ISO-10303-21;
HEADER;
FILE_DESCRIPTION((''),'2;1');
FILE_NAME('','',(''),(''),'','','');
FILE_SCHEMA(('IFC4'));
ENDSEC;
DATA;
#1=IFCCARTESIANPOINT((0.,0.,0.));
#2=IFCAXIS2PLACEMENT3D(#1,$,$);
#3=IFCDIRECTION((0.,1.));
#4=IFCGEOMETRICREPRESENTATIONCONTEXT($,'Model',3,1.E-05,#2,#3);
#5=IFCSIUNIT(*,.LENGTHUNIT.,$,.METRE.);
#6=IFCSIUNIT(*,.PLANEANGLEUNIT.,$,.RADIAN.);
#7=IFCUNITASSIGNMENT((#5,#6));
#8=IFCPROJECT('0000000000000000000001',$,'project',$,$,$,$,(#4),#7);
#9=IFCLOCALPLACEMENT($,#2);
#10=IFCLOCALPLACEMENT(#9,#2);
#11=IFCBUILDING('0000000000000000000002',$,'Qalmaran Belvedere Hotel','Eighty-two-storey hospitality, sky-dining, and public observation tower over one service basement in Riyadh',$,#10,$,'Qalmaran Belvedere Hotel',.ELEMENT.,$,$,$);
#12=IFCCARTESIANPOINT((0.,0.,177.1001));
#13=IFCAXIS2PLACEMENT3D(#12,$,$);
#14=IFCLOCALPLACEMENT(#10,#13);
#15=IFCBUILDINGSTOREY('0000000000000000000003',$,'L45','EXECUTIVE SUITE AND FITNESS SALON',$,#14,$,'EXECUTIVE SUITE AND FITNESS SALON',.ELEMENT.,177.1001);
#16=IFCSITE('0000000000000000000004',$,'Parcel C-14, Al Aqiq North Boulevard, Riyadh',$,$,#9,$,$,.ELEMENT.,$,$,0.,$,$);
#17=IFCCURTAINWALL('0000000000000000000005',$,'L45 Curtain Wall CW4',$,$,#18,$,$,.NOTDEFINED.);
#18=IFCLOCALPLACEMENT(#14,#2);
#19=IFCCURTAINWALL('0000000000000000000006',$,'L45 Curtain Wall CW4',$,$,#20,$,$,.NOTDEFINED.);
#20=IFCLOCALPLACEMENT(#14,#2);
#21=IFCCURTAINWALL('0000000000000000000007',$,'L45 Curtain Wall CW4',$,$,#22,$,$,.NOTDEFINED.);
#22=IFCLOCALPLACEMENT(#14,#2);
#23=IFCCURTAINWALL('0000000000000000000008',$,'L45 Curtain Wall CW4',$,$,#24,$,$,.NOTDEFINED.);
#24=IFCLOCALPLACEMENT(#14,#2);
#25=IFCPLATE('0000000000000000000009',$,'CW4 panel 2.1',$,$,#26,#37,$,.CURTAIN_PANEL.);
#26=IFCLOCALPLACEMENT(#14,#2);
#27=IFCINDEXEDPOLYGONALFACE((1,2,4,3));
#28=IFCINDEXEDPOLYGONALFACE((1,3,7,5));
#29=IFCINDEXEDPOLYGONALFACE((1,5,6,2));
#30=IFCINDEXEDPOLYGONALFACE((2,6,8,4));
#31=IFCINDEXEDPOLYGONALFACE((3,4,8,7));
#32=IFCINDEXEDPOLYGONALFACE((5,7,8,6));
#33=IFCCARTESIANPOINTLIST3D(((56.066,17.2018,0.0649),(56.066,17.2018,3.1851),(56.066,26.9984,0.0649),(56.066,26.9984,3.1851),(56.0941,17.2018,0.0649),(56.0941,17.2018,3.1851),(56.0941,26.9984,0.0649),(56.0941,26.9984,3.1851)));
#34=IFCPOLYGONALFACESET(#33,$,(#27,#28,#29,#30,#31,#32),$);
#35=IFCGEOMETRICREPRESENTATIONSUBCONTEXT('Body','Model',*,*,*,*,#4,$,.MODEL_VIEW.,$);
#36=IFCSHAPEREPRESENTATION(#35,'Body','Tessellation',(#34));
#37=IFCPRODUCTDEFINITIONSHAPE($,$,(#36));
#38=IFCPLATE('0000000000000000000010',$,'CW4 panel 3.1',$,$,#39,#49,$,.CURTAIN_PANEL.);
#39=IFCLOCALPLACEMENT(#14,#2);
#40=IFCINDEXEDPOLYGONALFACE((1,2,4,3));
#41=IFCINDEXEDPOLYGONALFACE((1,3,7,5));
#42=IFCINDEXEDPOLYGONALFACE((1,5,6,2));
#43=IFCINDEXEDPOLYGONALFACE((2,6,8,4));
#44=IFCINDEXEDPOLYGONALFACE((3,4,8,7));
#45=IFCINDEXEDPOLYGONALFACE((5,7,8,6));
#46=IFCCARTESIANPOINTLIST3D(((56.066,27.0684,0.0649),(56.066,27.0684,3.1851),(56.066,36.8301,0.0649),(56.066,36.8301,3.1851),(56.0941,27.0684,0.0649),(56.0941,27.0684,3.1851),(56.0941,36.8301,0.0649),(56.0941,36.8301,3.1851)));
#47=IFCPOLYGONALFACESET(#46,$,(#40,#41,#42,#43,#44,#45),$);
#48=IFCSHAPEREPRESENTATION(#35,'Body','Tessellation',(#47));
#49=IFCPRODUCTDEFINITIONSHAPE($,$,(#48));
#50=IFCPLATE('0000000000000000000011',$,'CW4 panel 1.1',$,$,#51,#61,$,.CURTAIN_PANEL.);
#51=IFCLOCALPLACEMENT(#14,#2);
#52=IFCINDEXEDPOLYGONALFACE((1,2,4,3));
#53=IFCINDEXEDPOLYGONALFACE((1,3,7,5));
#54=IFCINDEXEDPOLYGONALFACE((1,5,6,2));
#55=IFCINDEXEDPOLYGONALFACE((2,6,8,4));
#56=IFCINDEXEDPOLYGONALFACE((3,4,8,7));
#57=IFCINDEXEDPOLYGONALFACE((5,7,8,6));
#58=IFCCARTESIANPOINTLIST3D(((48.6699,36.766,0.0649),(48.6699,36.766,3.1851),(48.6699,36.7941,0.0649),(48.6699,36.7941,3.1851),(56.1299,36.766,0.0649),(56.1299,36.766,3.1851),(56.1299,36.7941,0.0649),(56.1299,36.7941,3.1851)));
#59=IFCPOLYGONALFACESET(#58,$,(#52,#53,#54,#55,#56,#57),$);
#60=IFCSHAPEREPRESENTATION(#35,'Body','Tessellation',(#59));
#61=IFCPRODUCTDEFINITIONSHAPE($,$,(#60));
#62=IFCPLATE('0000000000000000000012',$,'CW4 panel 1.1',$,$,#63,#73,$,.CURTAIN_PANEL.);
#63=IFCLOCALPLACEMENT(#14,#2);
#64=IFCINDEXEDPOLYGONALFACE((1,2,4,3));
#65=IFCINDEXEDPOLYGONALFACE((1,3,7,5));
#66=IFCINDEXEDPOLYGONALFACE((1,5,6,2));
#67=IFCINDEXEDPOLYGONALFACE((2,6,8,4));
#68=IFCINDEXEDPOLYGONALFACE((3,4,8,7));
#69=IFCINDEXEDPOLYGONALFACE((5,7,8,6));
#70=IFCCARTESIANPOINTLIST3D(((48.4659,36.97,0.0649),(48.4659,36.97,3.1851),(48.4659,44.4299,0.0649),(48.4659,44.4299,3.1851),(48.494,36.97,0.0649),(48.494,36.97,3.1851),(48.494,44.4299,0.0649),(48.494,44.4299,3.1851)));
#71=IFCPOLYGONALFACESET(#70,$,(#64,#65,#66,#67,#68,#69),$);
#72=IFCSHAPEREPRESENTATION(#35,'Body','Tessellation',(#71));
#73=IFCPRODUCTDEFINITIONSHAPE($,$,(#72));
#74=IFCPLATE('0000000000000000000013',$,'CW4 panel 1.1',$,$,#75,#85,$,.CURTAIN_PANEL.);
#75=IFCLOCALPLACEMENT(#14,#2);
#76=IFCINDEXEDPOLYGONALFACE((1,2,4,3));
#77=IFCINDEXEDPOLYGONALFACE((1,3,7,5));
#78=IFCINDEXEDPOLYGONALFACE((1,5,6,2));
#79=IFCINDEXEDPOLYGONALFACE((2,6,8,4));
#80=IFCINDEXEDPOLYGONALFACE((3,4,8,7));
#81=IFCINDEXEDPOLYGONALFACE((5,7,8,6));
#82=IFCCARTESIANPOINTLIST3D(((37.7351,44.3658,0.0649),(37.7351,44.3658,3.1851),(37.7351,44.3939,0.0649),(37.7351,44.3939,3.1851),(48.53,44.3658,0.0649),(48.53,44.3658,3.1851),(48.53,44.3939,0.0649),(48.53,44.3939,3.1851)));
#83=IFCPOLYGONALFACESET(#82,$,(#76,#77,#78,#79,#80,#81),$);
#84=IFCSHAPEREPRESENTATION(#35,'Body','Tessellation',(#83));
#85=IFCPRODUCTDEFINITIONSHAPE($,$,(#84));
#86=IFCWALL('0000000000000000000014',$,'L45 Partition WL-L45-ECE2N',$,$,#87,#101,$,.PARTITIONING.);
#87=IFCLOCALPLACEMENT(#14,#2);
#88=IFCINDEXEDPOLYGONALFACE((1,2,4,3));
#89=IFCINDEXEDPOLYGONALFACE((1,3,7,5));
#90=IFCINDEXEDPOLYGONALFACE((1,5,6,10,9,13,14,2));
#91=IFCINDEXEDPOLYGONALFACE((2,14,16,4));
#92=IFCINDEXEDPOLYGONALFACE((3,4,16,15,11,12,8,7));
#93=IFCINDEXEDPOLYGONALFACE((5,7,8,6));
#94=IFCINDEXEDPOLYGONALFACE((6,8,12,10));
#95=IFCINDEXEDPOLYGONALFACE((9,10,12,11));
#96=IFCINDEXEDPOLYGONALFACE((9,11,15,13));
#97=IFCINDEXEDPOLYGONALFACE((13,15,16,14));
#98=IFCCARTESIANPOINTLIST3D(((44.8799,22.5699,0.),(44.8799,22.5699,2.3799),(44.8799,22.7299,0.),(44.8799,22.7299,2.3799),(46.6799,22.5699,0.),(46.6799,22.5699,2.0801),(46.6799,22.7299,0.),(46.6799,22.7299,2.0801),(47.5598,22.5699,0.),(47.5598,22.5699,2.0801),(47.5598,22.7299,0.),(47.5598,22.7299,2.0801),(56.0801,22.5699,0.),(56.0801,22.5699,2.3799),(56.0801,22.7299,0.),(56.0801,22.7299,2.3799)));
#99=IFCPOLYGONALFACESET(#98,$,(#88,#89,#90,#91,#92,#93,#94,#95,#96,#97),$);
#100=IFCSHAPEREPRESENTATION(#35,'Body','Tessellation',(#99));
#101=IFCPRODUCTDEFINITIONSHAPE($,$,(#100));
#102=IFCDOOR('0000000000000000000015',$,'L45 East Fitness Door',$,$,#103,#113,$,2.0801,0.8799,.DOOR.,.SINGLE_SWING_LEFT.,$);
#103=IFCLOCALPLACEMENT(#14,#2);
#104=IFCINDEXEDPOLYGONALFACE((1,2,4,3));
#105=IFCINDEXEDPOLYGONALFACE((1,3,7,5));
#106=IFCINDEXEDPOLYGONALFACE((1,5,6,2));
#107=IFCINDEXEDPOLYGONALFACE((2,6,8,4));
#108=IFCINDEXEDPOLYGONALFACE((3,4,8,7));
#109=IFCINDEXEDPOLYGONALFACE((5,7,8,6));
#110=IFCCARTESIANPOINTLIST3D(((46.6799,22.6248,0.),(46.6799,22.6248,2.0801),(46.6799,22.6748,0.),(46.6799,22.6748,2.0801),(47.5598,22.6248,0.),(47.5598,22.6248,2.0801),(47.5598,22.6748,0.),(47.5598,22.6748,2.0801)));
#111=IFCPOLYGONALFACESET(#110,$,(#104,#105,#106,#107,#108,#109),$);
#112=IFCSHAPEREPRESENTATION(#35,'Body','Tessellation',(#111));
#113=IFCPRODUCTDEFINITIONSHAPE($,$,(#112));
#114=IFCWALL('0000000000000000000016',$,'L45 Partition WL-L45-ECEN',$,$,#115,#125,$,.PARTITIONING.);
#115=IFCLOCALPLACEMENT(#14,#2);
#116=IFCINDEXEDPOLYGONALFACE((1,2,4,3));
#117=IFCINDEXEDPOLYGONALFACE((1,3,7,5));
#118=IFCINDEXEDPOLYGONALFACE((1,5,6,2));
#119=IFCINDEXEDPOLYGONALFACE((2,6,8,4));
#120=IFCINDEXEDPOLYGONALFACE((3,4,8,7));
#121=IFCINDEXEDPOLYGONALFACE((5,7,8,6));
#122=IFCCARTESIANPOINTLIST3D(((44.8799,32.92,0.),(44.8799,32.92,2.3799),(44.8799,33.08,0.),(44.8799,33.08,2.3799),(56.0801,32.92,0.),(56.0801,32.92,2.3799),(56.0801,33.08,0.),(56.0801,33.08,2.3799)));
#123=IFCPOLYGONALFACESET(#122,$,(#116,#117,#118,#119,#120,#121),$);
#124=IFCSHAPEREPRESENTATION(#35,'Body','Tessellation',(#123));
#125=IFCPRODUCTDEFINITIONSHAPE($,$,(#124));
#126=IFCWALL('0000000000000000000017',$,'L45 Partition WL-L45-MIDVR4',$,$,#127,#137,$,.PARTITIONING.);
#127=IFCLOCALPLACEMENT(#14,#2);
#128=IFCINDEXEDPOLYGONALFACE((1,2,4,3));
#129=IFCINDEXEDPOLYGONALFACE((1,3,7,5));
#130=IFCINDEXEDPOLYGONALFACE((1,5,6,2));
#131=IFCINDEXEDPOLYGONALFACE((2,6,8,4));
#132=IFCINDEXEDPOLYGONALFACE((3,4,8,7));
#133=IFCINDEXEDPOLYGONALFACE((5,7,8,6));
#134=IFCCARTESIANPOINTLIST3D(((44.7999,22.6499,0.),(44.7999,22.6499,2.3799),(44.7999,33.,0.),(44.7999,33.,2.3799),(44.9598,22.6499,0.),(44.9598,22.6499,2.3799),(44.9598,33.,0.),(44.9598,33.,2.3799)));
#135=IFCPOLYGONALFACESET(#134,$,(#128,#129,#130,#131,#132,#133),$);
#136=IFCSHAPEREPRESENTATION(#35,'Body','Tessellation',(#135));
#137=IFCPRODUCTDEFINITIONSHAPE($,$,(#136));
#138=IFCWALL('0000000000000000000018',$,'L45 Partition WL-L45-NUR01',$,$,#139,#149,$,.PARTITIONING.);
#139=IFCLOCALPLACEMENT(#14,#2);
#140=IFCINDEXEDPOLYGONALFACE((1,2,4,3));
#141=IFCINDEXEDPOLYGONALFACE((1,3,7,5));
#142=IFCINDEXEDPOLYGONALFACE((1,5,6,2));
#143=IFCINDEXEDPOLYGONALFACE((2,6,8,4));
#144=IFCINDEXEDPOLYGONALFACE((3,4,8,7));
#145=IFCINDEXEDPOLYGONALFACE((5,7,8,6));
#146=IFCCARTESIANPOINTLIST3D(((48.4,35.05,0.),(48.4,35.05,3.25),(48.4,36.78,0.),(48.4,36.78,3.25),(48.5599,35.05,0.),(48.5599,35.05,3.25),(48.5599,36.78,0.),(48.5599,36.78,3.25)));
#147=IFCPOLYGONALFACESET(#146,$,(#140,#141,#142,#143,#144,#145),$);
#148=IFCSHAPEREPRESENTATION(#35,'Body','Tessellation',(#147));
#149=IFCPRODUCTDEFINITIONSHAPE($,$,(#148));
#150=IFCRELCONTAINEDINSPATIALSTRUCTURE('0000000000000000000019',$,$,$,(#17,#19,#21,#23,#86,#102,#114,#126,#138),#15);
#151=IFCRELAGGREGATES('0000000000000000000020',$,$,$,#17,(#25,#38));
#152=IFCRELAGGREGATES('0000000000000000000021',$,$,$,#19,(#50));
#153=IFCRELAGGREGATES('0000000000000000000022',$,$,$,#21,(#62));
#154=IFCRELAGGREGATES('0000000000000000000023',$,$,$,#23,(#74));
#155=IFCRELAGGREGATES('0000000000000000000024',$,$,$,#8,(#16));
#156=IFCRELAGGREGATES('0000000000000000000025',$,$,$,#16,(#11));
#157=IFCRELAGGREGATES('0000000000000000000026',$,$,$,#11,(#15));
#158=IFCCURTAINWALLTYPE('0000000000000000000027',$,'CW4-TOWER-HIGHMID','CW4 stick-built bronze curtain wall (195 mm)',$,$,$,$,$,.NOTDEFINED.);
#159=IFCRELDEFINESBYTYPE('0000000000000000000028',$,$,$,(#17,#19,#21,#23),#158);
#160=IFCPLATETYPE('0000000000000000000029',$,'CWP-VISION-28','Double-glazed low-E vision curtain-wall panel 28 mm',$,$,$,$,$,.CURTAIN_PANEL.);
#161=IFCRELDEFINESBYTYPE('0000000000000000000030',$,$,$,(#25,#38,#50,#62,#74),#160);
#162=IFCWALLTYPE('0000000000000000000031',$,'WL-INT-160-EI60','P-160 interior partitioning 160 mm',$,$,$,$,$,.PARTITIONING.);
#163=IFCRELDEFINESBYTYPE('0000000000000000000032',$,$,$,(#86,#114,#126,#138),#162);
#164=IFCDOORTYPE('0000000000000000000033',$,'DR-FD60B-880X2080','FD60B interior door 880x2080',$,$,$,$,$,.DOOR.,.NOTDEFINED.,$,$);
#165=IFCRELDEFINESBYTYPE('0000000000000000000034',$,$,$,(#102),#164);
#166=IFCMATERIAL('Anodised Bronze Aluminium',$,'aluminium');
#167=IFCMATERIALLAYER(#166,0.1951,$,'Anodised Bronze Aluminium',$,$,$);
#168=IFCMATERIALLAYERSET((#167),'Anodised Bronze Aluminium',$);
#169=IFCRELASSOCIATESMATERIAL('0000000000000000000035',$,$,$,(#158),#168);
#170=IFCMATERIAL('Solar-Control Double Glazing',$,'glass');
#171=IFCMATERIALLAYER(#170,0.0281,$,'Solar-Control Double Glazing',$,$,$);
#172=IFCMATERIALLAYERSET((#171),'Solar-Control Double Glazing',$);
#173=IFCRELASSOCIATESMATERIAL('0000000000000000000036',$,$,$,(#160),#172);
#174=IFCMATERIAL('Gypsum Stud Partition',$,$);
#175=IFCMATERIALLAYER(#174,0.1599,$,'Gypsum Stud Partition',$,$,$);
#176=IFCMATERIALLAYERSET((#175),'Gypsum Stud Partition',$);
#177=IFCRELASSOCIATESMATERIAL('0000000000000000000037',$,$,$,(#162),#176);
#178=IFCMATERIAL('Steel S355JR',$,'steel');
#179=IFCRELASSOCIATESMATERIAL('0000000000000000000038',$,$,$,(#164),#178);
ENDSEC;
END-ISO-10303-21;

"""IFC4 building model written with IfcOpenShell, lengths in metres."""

from ifc_helpers import new_model, si_unit, direction, frame, frame_2d, origin, origin_2d, place, context, subcontext, project, spatial, rectangle, extrude, material, layer, layer_set, type_object, element, fill, aggregate, save


model = new_model("IFC4")

# Units and contexts
model_context = context("Model", 3, precision=1e-05, world=origin(), true_north=direction((0.0, 1.0)))
body_context = subcontext(model_context, "Body", "Model", "MODEL_VIEW")
ifc_project = project(units=[si_unit("LENGTHUNIT", "METRE"), si_unit("PLANEANGLEUNIT", "RADIAN")], contexts=[model_context])

# Site, building, storey
site_placement = place(None, origin())
site = spatial("IfcSite", under=ifc_project, at=site_placement, Name="Parcel C-14, Al Aqiq North Boulevard, Riyadh", CompositionType="ELEMENT", RefElevation=0.0)
building_placement = place(site_placement, origin())
building = spatial("IfcBuilding", under=site, at=building_placement, Name="Qalmaran Belvedere Hotel", Description="Eighty-two-storey hospitality, sky-dining, and public observation tower over one service basement in Riyadh", LongName="Qalmaran Belvedere Hotel", CompositionType="ELEMENT")
storey_placement = place(building_placement, frame((0.0, 0.0, 177.1001)))
storey = spatial("IfcBuildingStorey", under=building, at=storey_placement, Name="L45", Description="EXECUTIVE SUITE AND FITNESS SALON", LongName="EXECUTIVE SUITE AND FITNESS SALON", CompositionType="ELEMENT", Elevation=177.1001)

# Shared definitions
ifc_material_1 = material(Name="Steel S355JR", Category="steel")

# Curtain walls
ifc_material_2 = material(Name="Anodised Bronze Aluminium", Category="aluminium")
ifc_layer_1 = layer(ifc_material_2, 0.1951, Name="Anodised Bronze Aluminium")
ifc_layer_set_1 = layer_set([ifc_layer_1], Name="Anodised Bronze Aluminium")
curtain_wall_type = type_object("IfcCurtainWallType", Name="CW4-TOWER-HIGHMID", Description="CW4 stick-built bronze curtain wall (195 mm)", PredefinedType="NOTDEFINED", material=ifc_layer_set_1)
curtain_wall_1_placement = place(storey_placement, origin())
curtain_wall_1 = element("IfcCurtainWall", 1, at=curtain_wall_1_placement, inside=storey, type_object=curtain_wall_type, Name="L45 Curtain Wall CW4", PredefinedType="NOTDEFINED")
curtain_wall_2_placement = place(storey_placement, origin())
curtain_wall_2 = element("IfcCurtainWall", 2, at=curtain_wall_2_placement, inside=storey, type_object=curtain_wall_type, Name="L45 Curtain Wall CW4", PredefinedType="NOTDEFINED")
curtain_wall_3_placement = place(storey_placement, origin())
curtain_wall_3 = element("IfcCurtainWall", 3, at=curtain_wall_3_placement, inside=storey, type_object=curtain_wall_type, Name="L45 Curtain Wall CW4", PredefinedType="NOTDEFINED")

# Curtain wall
curtain_wall_4_placement = place(storey_placement, origin())
curtain_wall_4 = element("IfcCurtainWall", 4, at=curtain_wall_4_placement, inside=storey, type_object=curtain_wall_type, Name="L45 Curtain Wall CW4", PredefinedType="NOTDEFINED")

# Plates
ifc_material_3 = material(Name="Solar-Control Double Glazing", Category="glass")
ifc_layer_2 = layer(ifc_material_3, 0.0281, Name="Solar-Control Double Glazing")
ifc_layer_set_2 = layer_set([ifc_layer_2], Name="Solar-Control Double Glazing")
plate_type = type_object("IfcPlateType", Name="CWP-VISION-28", Description="Double-glazed low-E vision curtain-wall panel 28 mm", PredefinedType="CURTAIN_PANEL", material=ifc_layer_set_2)
plate_1_placement = place(storey_placement, frame((56.0801, 22.1001, 0.0649), z_axis=(0.0, 0.0, 1.0), x_axis=(0.0, 1.0, 0.0)))
plate_1 = element("IfcPlate", 5, at=plate_1_placement, type_object=plate_type, Name="CW4 panel 2.1", PredefinedType="CURTAIN_PANEL", context=body_context, shape_type="SweptSolid", body=[
    extrude(rectangle(XDim=9.7966, YDim=0.0281, at=origin_2d()), origin(), (0.0, 0.0, 1.0), 3.1201),
])
plate_2_placement = place(storey_placement, frame((56.0801, 31.9492, 0.0649), z_axis=(0.0, 0.0, 1.0), x_axis=(0.0, 1.0, 0.0)))
plate_2 = element("IfcPlate", 6, at=plate_2_placement, type_object=plate_type, Name="CW4 panel 3.1", PredefinedType="CURTAIN_PANEL", context=body_context, shape_type="SweptSolid", body=[
    extrude(rectangle(XDim=9.7617, YDim=0.0281, at=origin_2d()), origin(), (0.0, 0.0, 1.0), 3.1201),
])
aggregate(curtain_wall_1, [plate_1, plate_2])
plate_3_placement = place(storey_placement, frame((52.3999, 36.78, 0.0649), z_axis=(0.0, 0.0, 1.0), x_axis=(-1.0, 0.0, 0.0)))
plate_3 = element("IfcPlate", 7, at=plate_3_placement, type_object=plate_type, Name="CW4 panel 1.1", PredefinedType="CURTAIN_PANEL", context=body_context, shape_type="SweptSolid", body=[
    extrude(rectangle(XDim=7.46, YDim=0.0281, at=origin_2d()), origin(), (0.0, 0.0, 1.0), 3.1201),
])
aggregate(curtain_wall_2, [plate_3])
plate_4_placement = place(storey_placement, frame((48.48, 40.7, 0.0649), z_axis=(0.0, 0.0, 1.0), x_axis=(0.0, 1.0, 0.0)))
plate_4 = element("IfcPlate", 8, at=plate_4_placement, type_object=plate_type, Name="CW4 panel 1.1", PredefinedType="CURTAIN_PANEL", context=body_context, shape_type="SweptSolid", body=[
    extrude(rectangle(XDim=7.46, YDim=0.0281, at=origin_2d()), origin(), (0.0, 0.0, 1.0), 3.1201),
])
aggregate(curtain_wall_3, [plate_4])
plate_5_placement = place(storey_placement, frame((43.1326, 44.3799, 0.0649), z_axis=(0.0, 0.0, 1.0), x_axis=(-1.0, 0.0, 0.0)))
plate_5 = element("IfcPlate", 9, at=plate_5_placement, type_object=plate_type, Name="CW4 panel 1.1", PredefinedType="CURTAIN_PANEL", context=body_context, shape_type="SweptSolid", body=[
    extrude(rectangle(XDim=10.7949, YDim=0.0281, at=origin_2d()), origin(), (0.0, 0.0, 1.0), 3.1201),
])
aggregate(curtain_wall_4, [plate_5])

# Wall, opening, door
ifc_material_4 = material(Name="Gypsum Stud Partition")
ifc_layer_3 = layer(ifc_material_4, 0.1599, Name="Gypsum Stud Partition")
ifc_layer_set_3 = layer_set([ifc_layer_3], Name="Gypsum Stud Partition")
wall_type = type_object("IfcWallType", Name="WL-INT-160-EI60", Description="P-160 interior partitioning 160 mm", PredefinedType="PARTITIONING", material=ifc_layer_set_3)
wall_1_placement = place(storey_placement, frame((44.8799, 22.6499, 0.0), z_axis=(0.0, 0.0, 1.0), x_axis=(1.0, 0.0, 0.0)))
wall_1 = element("IfcWall", 10, at=wall_1_placement, inside=storey, type_object=wall_type, Name="L45 Partition WL-L45-ECE2N", PredefinedType="PARTITIONING", context=body_context, shape_type="SweptSolid", body=[
    extrude(rectangle(XDim=11.2002, YDim=0.1599, at=frame_2d((5.6001, 0.0))), origin(), (0.0, 0.0, 1.0), 2.3799),
])
opening_placement = place(wall_1_placement, frame((1.8, 0.0, 0.0)))
opening = element("IfcOpeningElement", 11, at=opening_placement, cuts=wall_1, PredefinedType="OPENING", context=body_context, shape_type="SweptSolid", body=[
    extrude(rectangle(XDim=0.8799, YDim=2.0801, at=frame_2d((0.4399, 1.04))), frame((0.0, 0.0898, 0.0), z_axis=(0.0, -1.0, 0.0), x_axis=(1.0, 0.0, 0.0)), (0.0, 0.0, 1.0), 0.1799),
])
door_type = type_object("IfcDoorType", Name="DR-FD60B-880X2080", Description="FD60B interior door 880x2080", OperationType="NOTDEFINED", PredefinedType="DOOR", material=ifc_material_1)
door_placement = place(opening_placement, origin())
door = element("IfcDoor", 12, at=door_placement, inside=storey, type_object=door_type, Name="L45 East Fitness Door", OperationType="SINGLE_SWING_LEFT", OverallHeight=2.0801, OverallWidth=0.8799, PredefinedType="DOOR", context=body_context, shape_type="SweptSolid", body=[
    extrude(rectangle(XDim=0.8799, YDim=2.0801, at=frame_2d((0.4399, 1.04))), frame((0.0, 0.0249, 0.0), z_axis=(0.0, -1.0, 0.0), x_axis=(1.0, 0.0, 0.0)), (0.0, 0.0, 1.0), 0.05),
])
fill(opening, door)

# Walls
wall_2_placement = place(storey_placement, frame((44.8799, 33.0, 0.0), z_axis=(0.0, 0.0, 1.0), x_axis=(1.0, 0.0, 0.0)))
element("IfcWall", 13, at=wall_2_placement, inside=storey, type_object=wall_type, Name="L45 Partition WL-L45-ECEN", PredefinedType="PARTITIONING", context=body_context, shape_type="SweptSolid", body=[
    extrude(rectangle(XDim=11.2002, YDim=0.1599, at=frame_2d((5.6001, 0.0))), origin(), (0.0, 0.0, 1.0), 2.3799),
])
wall_3_placement = place(storey_placement, frame((44.8799, 22.6499, 0.0), z_axis=(0.0, 0.0, 1.0), x_axis=(0.0, 1.0, 0.0)))
element("IfcWall", 14, at=wall_3_placement, inside=storey, type_object=wall_type, Name="L45 Partition WL-L45-MIDVR4", PredefinedType="PARTITIONING", context=body_context, shape_type="SweptSolid", body=[
    extrude(rectangle(XDim=10.3501, YDim=0.1599, at=frame_2d((5.175, 0.0))), origin(), (0.0, 0.0, 1.0), 2.3799),
])
wall_4_placement = place(storey_placement, frame((48.48, 35.05, 0.0), z_axis=(0.0, 0.0, 1.0), x_axis=(0.0, 1.0, 0.0)))
element("IfcWall", 15, at=wall_4_placement, inside=storey, type_object=wall_type, Name="L45 Partition WL-L45-NUR01", PredefinedType="PARTITIONING", context=body_context, shape_type="SweptSolid", body=[
    extrude(rectangle(XDim=1.73, YDim=0.1599, at=frame_2d((0.865, 0.0))), origin(), (0.0, 0.0, 1.0), 3.25),
])

save(model, "model.ifc")
